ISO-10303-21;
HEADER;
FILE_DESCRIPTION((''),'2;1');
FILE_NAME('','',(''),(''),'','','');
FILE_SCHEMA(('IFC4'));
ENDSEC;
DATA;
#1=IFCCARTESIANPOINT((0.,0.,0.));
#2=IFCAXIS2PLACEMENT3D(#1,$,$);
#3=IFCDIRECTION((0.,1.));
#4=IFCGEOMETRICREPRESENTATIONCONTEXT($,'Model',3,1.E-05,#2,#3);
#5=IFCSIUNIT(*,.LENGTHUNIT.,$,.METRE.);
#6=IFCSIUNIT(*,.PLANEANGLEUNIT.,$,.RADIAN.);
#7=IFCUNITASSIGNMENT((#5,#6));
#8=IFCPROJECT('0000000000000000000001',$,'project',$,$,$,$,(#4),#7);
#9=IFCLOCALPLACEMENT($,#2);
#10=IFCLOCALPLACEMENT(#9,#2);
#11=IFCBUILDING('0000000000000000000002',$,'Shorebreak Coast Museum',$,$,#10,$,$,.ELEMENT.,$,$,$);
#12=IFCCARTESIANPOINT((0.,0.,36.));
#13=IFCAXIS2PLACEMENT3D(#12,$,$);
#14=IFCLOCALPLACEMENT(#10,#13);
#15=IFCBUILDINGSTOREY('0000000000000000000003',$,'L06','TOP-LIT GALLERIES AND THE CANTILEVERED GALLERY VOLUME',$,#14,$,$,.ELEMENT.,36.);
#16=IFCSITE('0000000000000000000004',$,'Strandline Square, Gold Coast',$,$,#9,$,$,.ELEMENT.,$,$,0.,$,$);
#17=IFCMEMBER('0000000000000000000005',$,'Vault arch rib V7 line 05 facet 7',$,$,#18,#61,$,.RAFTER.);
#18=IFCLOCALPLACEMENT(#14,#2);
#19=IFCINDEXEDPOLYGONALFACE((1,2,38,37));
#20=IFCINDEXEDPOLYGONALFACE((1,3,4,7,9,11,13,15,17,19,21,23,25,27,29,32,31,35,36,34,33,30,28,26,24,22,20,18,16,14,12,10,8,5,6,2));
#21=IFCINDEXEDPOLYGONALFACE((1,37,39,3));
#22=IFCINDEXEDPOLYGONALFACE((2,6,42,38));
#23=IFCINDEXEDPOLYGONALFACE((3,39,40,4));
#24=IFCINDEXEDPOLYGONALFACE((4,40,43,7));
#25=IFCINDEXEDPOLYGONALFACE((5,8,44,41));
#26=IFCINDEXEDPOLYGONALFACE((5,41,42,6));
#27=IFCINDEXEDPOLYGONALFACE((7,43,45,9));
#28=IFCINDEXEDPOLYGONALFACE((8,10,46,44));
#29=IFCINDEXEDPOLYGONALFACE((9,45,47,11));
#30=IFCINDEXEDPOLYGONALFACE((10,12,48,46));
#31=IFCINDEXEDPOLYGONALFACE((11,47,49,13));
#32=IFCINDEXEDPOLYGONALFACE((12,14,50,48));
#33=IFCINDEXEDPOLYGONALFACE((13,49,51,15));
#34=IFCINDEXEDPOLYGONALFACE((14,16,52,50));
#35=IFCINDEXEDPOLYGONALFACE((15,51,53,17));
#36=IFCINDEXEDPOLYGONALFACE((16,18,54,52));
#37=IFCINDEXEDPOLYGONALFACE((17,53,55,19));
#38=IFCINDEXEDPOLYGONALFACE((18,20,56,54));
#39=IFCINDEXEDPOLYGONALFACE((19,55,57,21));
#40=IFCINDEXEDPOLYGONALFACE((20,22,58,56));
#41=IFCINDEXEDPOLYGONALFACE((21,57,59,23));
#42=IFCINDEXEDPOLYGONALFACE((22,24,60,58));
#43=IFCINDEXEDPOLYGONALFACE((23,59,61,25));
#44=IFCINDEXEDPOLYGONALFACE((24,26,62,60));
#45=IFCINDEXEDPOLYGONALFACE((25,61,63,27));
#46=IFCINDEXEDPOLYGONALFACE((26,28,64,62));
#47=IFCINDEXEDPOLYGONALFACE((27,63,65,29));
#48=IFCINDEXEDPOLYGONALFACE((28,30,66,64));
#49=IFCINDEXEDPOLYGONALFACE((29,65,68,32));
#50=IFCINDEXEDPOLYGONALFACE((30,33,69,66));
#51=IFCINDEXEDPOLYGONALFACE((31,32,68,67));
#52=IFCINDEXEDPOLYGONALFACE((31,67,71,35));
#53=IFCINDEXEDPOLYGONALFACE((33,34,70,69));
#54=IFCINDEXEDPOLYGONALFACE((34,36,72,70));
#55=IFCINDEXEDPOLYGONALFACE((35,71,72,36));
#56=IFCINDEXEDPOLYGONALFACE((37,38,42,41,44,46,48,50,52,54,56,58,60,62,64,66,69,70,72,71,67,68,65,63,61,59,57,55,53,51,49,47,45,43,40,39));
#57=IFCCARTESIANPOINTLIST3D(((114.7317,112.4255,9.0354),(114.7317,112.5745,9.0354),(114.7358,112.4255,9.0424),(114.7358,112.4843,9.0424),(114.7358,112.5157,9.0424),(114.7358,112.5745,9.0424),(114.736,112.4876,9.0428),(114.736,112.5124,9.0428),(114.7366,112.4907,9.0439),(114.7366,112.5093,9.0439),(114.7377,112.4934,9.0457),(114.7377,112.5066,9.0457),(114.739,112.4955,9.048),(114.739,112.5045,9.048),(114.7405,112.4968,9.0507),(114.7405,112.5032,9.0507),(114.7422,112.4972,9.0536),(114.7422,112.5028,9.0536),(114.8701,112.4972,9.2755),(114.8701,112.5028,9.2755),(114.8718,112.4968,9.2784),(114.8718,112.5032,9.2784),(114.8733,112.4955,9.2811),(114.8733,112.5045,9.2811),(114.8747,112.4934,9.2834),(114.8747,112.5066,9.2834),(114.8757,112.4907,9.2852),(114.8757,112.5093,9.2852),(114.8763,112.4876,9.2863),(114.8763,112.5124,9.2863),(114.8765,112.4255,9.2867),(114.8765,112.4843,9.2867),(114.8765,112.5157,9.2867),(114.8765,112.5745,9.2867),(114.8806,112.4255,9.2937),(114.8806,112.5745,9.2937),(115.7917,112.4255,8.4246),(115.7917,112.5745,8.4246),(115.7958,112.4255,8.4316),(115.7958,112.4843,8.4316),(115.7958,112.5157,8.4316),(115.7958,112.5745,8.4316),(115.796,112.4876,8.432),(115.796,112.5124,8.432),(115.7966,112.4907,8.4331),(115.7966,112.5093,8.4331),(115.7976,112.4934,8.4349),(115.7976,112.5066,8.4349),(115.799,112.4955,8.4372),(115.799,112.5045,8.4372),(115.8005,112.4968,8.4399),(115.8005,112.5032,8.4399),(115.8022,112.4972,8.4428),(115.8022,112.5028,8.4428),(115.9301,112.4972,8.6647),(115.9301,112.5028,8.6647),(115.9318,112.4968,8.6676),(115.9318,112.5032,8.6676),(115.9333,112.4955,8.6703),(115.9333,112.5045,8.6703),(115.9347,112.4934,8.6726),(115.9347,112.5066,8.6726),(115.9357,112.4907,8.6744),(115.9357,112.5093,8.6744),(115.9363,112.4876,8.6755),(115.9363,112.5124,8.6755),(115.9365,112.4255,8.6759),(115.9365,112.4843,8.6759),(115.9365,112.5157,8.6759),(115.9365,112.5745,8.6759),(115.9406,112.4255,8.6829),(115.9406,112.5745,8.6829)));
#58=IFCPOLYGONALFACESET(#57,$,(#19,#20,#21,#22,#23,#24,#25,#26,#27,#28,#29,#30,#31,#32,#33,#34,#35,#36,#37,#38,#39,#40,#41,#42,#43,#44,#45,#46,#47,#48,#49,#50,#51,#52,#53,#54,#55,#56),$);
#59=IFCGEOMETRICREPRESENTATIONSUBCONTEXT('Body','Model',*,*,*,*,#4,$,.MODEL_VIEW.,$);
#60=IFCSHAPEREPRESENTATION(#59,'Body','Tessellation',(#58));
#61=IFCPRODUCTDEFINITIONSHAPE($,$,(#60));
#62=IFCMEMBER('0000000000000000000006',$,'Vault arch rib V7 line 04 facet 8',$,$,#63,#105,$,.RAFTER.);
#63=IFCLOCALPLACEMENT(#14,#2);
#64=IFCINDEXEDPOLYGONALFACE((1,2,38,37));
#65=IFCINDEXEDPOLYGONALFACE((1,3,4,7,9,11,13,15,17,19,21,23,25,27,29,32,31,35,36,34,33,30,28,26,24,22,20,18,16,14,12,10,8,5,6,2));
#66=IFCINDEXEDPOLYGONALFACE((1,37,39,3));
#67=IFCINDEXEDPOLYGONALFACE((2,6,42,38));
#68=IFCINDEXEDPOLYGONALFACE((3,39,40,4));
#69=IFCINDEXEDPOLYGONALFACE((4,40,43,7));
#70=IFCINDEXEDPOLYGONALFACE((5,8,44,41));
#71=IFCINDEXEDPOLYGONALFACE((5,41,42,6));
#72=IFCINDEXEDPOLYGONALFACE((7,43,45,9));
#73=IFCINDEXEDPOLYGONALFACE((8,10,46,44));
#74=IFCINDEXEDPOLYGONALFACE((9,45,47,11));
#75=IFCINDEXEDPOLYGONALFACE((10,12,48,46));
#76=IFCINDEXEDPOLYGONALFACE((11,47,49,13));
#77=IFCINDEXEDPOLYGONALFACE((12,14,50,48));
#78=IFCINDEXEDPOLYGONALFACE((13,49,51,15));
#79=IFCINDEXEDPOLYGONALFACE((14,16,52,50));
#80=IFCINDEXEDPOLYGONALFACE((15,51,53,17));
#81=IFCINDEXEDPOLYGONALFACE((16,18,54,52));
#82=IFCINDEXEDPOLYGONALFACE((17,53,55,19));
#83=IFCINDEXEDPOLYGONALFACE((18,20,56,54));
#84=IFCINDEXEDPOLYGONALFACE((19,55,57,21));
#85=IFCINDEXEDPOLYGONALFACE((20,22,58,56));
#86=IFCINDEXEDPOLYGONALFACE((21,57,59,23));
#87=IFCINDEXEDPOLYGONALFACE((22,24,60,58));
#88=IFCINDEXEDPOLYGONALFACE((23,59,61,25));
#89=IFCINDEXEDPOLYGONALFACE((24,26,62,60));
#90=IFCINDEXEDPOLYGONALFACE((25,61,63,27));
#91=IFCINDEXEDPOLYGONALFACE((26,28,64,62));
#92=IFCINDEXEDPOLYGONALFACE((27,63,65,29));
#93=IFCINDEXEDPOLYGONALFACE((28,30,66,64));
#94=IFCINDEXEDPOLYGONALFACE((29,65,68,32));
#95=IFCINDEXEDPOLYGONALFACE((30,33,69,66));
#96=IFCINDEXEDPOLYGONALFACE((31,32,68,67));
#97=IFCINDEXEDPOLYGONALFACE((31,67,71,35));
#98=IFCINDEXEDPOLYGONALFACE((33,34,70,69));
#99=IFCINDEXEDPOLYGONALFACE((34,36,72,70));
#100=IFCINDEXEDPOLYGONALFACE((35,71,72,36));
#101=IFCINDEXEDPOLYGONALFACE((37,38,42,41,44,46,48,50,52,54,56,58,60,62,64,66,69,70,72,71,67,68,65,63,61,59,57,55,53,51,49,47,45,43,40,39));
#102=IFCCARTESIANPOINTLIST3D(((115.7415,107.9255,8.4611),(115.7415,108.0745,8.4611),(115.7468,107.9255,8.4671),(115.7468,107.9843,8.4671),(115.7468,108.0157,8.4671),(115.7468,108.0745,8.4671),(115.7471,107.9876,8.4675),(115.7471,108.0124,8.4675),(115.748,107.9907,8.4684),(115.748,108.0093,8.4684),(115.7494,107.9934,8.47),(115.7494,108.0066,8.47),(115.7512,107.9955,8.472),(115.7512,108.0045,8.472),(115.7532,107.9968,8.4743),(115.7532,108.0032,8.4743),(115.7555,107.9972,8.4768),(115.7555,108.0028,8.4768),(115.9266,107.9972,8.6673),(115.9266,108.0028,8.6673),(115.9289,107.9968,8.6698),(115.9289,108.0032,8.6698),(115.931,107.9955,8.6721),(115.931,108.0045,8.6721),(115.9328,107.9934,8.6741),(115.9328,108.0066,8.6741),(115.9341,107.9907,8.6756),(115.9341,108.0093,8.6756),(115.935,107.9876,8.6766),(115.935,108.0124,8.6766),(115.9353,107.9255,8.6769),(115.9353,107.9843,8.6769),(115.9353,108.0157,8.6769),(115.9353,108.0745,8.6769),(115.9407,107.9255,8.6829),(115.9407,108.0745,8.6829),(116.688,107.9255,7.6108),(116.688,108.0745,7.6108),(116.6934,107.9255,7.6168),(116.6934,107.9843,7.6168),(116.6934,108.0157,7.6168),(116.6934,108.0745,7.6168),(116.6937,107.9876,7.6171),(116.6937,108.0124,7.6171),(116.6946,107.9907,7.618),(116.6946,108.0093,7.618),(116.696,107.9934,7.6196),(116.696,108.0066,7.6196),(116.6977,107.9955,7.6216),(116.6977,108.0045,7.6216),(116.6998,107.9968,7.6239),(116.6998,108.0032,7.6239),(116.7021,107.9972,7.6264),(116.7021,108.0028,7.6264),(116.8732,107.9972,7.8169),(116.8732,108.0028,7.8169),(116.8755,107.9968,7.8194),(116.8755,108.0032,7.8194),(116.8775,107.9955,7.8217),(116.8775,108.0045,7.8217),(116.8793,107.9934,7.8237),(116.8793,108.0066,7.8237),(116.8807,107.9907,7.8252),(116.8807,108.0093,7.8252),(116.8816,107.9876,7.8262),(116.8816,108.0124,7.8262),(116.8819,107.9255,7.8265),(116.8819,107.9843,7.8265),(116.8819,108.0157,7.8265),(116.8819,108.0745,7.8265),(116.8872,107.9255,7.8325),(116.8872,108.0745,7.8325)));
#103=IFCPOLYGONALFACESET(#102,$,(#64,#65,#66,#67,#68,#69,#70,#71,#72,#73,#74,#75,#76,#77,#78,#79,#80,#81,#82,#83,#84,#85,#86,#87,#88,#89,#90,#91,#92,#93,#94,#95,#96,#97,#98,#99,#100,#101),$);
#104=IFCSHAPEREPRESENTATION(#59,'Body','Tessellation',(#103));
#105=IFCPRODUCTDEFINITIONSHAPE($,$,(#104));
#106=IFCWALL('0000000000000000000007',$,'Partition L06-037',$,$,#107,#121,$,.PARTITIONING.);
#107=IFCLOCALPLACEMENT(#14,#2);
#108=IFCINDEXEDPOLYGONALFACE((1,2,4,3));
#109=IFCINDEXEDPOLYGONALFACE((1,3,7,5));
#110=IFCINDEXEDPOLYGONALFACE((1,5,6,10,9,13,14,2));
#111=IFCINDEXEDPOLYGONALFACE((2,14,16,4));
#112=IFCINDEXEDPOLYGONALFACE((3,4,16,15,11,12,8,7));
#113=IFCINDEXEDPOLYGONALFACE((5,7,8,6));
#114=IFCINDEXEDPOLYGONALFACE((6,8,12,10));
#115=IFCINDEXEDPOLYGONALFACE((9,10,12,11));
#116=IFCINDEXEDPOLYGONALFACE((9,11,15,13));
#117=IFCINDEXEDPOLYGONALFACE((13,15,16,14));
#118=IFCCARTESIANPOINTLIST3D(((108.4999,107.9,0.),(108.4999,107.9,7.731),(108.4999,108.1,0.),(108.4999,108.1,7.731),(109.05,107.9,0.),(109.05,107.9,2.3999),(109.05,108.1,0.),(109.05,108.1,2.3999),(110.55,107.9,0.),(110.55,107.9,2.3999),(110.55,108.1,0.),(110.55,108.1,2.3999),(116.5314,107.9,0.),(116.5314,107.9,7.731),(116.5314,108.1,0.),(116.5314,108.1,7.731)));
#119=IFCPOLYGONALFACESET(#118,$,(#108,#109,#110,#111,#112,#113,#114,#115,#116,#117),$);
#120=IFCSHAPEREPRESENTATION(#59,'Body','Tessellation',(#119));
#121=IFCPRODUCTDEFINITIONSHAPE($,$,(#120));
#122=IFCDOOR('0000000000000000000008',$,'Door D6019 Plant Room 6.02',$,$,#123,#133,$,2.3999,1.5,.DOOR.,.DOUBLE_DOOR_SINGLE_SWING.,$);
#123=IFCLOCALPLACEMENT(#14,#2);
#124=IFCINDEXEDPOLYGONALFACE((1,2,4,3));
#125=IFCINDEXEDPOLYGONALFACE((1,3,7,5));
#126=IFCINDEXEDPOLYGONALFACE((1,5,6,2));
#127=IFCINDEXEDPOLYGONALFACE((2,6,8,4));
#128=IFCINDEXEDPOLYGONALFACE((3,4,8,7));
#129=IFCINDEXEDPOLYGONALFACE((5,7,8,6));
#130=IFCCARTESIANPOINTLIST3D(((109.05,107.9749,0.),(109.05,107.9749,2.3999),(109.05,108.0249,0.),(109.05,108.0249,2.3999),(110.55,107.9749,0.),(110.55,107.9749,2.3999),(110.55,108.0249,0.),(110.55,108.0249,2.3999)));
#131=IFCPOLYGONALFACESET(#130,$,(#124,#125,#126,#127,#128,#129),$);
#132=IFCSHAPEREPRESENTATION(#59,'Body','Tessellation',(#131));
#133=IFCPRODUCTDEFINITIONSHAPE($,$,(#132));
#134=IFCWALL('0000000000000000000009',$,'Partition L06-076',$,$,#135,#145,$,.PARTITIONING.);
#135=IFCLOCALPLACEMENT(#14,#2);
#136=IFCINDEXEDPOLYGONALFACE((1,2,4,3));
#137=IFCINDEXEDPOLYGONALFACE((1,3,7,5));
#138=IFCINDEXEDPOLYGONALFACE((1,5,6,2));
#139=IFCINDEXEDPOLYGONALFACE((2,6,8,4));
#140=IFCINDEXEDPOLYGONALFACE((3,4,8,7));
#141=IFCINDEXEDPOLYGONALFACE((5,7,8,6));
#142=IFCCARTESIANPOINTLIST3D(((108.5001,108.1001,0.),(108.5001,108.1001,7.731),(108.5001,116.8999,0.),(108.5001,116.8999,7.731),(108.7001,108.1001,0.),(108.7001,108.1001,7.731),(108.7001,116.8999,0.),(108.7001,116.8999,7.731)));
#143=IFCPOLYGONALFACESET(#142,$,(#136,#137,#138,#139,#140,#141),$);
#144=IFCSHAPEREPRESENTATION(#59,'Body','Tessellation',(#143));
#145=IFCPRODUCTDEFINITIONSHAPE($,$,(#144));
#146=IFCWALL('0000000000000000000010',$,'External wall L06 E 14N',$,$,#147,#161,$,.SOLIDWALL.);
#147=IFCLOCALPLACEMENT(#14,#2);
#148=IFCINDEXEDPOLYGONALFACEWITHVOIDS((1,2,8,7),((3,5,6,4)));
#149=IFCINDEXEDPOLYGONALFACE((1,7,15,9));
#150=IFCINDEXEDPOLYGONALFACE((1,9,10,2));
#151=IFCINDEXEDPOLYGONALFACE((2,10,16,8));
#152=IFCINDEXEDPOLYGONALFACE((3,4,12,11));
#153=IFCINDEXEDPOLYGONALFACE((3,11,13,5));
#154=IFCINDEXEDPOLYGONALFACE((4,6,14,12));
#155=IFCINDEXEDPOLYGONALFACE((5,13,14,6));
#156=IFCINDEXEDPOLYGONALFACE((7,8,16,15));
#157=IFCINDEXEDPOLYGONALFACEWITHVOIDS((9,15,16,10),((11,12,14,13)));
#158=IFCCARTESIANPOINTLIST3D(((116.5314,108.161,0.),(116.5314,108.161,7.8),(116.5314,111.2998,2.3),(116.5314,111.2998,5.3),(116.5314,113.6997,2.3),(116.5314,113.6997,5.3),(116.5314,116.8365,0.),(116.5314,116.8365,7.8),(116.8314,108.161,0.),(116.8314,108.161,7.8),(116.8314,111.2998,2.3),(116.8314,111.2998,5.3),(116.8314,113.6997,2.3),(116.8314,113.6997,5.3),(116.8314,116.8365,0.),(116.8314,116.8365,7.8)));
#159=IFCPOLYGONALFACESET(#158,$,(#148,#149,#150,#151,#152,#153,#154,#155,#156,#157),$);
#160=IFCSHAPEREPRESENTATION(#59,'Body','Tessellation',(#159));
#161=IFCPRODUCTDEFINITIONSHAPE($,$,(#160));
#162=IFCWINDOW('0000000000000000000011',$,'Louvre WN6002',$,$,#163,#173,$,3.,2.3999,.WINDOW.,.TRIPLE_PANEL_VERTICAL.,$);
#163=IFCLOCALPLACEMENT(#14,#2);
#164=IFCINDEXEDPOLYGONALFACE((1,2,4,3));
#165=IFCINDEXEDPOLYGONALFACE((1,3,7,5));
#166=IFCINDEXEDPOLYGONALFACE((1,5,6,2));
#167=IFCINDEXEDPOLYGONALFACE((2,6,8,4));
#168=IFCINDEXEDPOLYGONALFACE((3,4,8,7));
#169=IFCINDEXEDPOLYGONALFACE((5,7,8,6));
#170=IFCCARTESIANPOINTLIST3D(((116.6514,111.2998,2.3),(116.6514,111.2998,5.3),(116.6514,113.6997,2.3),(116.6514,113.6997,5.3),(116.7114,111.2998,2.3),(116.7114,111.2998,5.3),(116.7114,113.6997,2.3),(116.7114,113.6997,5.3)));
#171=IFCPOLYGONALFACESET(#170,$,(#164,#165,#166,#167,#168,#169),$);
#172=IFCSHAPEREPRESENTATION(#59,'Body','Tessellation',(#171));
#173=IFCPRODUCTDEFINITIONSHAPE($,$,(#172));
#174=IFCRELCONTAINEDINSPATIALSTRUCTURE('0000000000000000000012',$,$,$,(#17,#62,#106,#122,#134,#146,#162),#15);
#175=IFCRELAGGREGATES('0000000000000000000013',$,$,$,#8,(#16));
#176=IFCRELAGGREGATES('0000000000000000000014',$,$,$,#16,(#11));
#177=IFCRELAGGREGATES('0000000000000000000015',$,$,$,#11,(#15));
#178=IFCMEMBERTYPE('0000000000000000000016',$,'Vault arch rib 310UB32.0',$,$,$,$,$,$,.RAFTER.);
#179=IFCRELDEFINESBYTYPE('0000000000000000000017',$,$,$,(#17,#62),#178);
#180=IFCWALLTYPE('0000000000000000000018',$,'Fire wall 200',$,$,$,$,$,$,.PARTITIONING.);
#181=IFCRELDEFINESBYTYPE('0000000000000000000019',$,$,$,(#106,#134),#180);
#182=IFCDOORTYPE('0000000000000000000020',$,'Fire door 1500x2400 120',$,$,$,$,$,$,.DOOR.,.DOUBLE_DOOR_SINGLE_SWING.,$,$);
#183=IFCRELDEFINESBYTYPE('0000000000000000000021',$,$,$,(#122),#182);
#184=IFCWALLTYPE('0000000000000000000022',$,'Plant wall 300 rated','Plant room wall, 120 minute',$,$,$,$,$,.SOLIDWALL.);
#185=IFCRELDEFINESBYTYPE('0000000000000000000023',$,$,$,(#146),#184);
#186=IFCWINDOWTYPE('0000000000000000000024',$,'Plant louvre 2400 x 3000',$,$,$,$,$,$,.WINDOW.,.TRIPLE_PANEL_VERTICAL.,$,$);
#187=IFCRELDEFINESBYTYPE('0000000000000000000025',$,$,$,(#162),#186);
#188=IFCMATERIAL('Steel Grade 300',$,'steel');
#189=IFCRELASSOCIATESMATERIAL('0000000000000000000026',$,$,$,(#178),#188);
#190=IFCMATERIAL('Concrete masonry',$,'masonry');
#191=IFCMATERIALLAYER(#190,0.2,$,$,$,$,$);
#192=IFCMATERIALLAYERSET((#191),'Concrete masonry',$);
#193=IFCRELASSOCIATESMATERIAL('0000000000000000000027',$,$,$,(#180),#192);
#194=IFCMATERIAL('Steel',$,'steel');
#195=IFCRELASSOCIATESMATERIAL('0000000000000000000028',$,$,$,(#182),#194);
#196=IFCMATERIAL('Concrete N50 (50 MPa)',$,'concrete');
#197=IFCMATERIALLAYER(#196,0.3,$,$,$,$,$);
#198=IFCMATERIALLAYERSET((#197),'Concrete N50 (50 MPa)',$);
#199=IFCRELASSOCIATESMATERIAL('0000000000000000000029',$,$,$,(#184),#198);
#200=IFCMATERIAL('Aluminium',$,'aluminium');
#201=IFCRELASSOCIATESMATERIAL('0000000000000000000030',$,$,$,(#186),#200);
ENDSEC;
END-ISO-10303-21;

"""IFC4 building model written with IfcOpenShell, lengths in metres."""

from ifc_helpers import new_model, si_unit, direction, frame, frame_2d, origin, origin_2d, place, context, subcontext, project, spatial, rectangle, i_section, extrude, material, layer, layer_set, material_profile, profile_set, type_object, element, fill, save


model = new_model("IFC4")

# Units and contexts
model_context = context("Model", 3, precision=1e-05, world=origin(), true_north=direction((0.0, 1.0)))
body_context = subcontext(model_context, "Body", "Model", "MODEL_VIEW")
ifc_project = project(units=[si_unit("LENGTHUNIT", "METRE"), si_unit("PLANEANGLEUNIT", "RADIAN")], contexts=[model_context])

# Site, building, storey
site_placement = place(None, origin())
site = spatial("IfcSite", under=ifc_project, at=site_placement, Name="Strandline Square, Gold Coast", CompositionType="ELEMENT", RefElevation=0.0)
building_placement = place(site_placement, origin())
building = spatial("IfcBuilding", under=site, at=building_placement, Name="Shorebreak Coast Museum", CompositionType="ELEMENT")
storey_placement = place(building_placement, frame((0.0, 0.0, 36.0)))
storey = spatial("IfcBuildingStorey", under=building, at=storey_placement, Name="L06", Description="TOP-LIT GALLERIES AND THE CANTILEVERED GALLERY VOLUME", CompositionType="ELEMENT", Elevation=36.0)

# Members
ifc_material_1 = material(Name="Steel Grade 300", Category="steel")
ifc_material_profile_1 = material_profile(ifc_material_1, i_section(OverallWidth=0.1489, OverallDepth=0.2981, WebThickness=0.0056, FlangeThickness=0.0081, FilletRadius=0.0129, at=origin_2d()), Name="310UB32.0")
ifc_profile_set_1 = profile_set([ifc_material_profile_1], Name="Steel Grade 300")
member_type_1 = type_object("IfcMemberType", Name="Vault arch rib 310UB32.0", PredefinedType="RAFTER", material=ifc_profile_set_1)
for number, where, z_axis, x_axis, name in (
    (1, (114.8062, 112.5, 9.1646), (0.866445, 0.0, -0.499273), (0.0, 1.0, 0.0), "Vault arch rib V7 line 05 facet 7"),
):
    element("IfcMember", number, at=place(storey_placement, frame(where, z_axis=z_axis, x_axis=x_axis)), inside=storey, type_object=member_type_1, Name=name, PredefinedType="RAFTER", context=body_context, shape_type="SweptSolid", body=[
        extrude(i_section(OverallWidth=0.1489, OverallDepth=0.2981, WebThickness=0.0056, FlangeThickness=0.0081, FilletRadius=0.0129, at=origin_2d()), origin(), (0.0, 0.0, 1.0), 1.2234),
    ])
member_1_placement = place(storey_placement, frame((115.8411, 108.0, 8.572), z_axis=(0.743895, 0.0, -0.668297), x_axis=(0.0, 1.0, 0.0)))
element("IfcMember", 2, at=member_1_placement, inside=storey, type_object=member_type_1, Name="Vault arch rib V7 line 04 facet 8", PredefinedType="RAFTER", context=body_context, shape_type="SweptSolid", body=[
    extrude(i_section(OverallWidth=0.1489, OverallDepth=0.2981, WebThickness=0.0056, FlangeThickness=0.0081, FilletRadius=0.0129, at=origin_2d()), origin(), (0.0, 0.0, 1.0), 1.2725),
])

# Wall, opening, door
ifc_material_2 = material(Name="Concrete masonry", Category="masonry")
ifc_layer_1 = layer(ifc_material_2, 0.2)
ifc_layer_set_1 = layer_set([ifc_layer_1], Name="Concrete masonry")
wall_type_1 = type_object("IfcWallType", Name="Fire wall 200", PredefinedType="PARTITIONING", material=ifc_layer_set_1)
wall_1_placement = place(storey_placement, frame((108.5, 108.0, 0.0), z_axis=(0.0, 0.0, 1.0), x_axis=(1.0, 0.0, 0.0)))
wall_1 = element("IfcWall", 3, at=wall_1_placement, inside=storey, type_object=wall_type_1, Name="Partition L06-037", PredefinedType="PARTITIONING", context=body_context, shape_type="SweptSolid", body=[
    extrude(rectangle(XDim=8.0315, YDim=0.2, at=frame_2d((4.0156, 0.0))), origin(), (0.0, 0.0, 1.0), 7.731),
])
opening_1_placement = place(wall_1_placement, frame((0.55, 0.0, 0.0)))
opening_1 = element("IfcOpeningElement", 4, at=opening_1_placement, cuts=wall_1, PredefinedType="OPENING", context=body_context, shape_type="SweptSolid", body=[
    extrude(rectangle(XDim=1.5, YDim=2.3999, at=frame_2d((0.75, 1.2))), frame((0.0, 0.1099, 0.0), z_axis=(0.0, -1.0, 0.0), x_axis=(1.0, 0.0, 0.0)), (0.0, 0.0, 1.0), 0.22),
])
ifc_material_3 = material(Name="Steel", Category="steel")
door_type = type_object("IfcDoorType", Name="Fire door 1500x2400 120", OperationType="DOUBLE_DOOR_SINGLE_SWING", PredefinedType="DOOR", material=ifc_material_3)
door_placement = place(opening_1_placement, origin())
door = element("IfcDoor", 5, at=door_placement, inside=storey, type_object=door_type, Name="Door D6019 Plant Room 6.02", OperationType="DOUBLE_DOOR_SINGLE_SWING", OverallHeight=2.3999, OverallWidth=1.5, PredefinedType="DOOR", context=body_context, shape_type="SweptSolid", body=[
    extrude(rectangle(XDim=1.5, YDim=2.3999, at=frame_2d((0.75, 1.2))), frame((0.0, 0.0249, 0.0), z_axis=(0.0, -1.0, 0.0), x_axis=(1.0, 0.0, 0.0)), (0.0, 0.0, 1.0), 0.05),
])
fill(opening_1, door)

# Wall
wall_2_placement = place(storey_placement, frame((108.6001, 108.1001, 0.0), z_axis=(0.0, 0.0, 1.0), x_axis=(0.0, 1.0, 0.0)))
element("IfcWall", 6, at=wall_2_placement, inside=storey, type_object=wall_type_1, Name="Partition L06-076", PredefinedType="PARTITIONING", context=body_context, shape_type="SweptSolid", body=[
    extrude(rectangle(XDim=8.7998, YDim=0.2, at=frame_2d((4.3999, 0.0))), origin(), (0.0, 0.0, 1.0), 7.731),
])

# Wall, opening, window
ifc_material_4 = material(Name="Concrete N50 (50 MPa)", Category="concrete")
ifc_layer_2 = layer(ifc_material_4, 0.3)
ifc_layer_set_2 = layer_set([ifc_layer_2], Name="Concrete N50 (50 MPa)")
wall_type_2 = type_object("IfcWallType", Name="Plant wall 300 rated", Description="Plant room wall, 120 minute", PredefinedType="SOLIDWALL", material=ifc_layer_set_2)
wall_3_placement = place(storey_placement, frame((116.6814, 108.1609, 0.0), z_axis=(0.0, 0.0, 1.0), x_axis=(0.0, 1.0, 0.0)))
wall_3 = element("IfcWall", 7, at=wall_3_placement, inside=storey, type_object=wall_type_2, Name="External wall L06 E 14N", PredefinedType="SOLIDWALL", context=body_context, shape_type="SweptSolid", body=[
    extrude(rectangle(XDim=8.6755, YDim=0.3, at=frame_2d((4.3379, 0.0))), origin(), (0.0, 0.0, 1.0), 7.8),
])
opening_2_placement = place(wall_3_placement, frame((3.1389, 0.0, 2.3)))
opening_2 = element("IfcOpeningElement", 8, at=opening_2_placement, cuts=wall_3, PredefinedType="OPENING", context=body_context, shape_type="SweptSolid", body=[
    extrude(rectangle(XDim=2.3999, YDim=3.0, at=frame_2d((1.2, 1.5))), frame((0.0, 0.1599, 0.0), z_axis=(0.0, -1.0, 0.0), x_axis=(1.0, 0.0, 0.0)), (0.0, 0.0, 1.0), 0.3201),
])
ifc_material_5 = material(Name="Aluminium", Category="aluminium")
window_type = type_object("IfcWindowType", Name="Plant louvre 2400 x 3000", PartitioningType="TRIPLE_PANEL_VERTICAL", PredefinedType="WINDOW", material=ifc_material_5)
window_placement = place(opening_2_placement, origin())
window = element("IfcWindow", 9, at=window_placement, inside=storey, type_object=window_type, Name="Louvre WN6002", OverallHeight=3.0, OverallWidth=2.3999, PartitioningType="TRIPLE_PANEL_VERTICAL", PredefinedType="WINDOW", context=body_context, shape_type="SweptSolid", body=[
    extrude(rectangle(XDim=2.3999, YDim=3.0, at=frame_2d((1.2, 1.5))), frame((0.0, 0.03, 0.0), z_axis=(0.0, -1.0, 0.0), x_axis=(1.0, 0.0, 0.0)), (0.0, 0.0, 1.0), 0.0601),
])
fill(opening_2, window)

save(model, "model.ifc")
